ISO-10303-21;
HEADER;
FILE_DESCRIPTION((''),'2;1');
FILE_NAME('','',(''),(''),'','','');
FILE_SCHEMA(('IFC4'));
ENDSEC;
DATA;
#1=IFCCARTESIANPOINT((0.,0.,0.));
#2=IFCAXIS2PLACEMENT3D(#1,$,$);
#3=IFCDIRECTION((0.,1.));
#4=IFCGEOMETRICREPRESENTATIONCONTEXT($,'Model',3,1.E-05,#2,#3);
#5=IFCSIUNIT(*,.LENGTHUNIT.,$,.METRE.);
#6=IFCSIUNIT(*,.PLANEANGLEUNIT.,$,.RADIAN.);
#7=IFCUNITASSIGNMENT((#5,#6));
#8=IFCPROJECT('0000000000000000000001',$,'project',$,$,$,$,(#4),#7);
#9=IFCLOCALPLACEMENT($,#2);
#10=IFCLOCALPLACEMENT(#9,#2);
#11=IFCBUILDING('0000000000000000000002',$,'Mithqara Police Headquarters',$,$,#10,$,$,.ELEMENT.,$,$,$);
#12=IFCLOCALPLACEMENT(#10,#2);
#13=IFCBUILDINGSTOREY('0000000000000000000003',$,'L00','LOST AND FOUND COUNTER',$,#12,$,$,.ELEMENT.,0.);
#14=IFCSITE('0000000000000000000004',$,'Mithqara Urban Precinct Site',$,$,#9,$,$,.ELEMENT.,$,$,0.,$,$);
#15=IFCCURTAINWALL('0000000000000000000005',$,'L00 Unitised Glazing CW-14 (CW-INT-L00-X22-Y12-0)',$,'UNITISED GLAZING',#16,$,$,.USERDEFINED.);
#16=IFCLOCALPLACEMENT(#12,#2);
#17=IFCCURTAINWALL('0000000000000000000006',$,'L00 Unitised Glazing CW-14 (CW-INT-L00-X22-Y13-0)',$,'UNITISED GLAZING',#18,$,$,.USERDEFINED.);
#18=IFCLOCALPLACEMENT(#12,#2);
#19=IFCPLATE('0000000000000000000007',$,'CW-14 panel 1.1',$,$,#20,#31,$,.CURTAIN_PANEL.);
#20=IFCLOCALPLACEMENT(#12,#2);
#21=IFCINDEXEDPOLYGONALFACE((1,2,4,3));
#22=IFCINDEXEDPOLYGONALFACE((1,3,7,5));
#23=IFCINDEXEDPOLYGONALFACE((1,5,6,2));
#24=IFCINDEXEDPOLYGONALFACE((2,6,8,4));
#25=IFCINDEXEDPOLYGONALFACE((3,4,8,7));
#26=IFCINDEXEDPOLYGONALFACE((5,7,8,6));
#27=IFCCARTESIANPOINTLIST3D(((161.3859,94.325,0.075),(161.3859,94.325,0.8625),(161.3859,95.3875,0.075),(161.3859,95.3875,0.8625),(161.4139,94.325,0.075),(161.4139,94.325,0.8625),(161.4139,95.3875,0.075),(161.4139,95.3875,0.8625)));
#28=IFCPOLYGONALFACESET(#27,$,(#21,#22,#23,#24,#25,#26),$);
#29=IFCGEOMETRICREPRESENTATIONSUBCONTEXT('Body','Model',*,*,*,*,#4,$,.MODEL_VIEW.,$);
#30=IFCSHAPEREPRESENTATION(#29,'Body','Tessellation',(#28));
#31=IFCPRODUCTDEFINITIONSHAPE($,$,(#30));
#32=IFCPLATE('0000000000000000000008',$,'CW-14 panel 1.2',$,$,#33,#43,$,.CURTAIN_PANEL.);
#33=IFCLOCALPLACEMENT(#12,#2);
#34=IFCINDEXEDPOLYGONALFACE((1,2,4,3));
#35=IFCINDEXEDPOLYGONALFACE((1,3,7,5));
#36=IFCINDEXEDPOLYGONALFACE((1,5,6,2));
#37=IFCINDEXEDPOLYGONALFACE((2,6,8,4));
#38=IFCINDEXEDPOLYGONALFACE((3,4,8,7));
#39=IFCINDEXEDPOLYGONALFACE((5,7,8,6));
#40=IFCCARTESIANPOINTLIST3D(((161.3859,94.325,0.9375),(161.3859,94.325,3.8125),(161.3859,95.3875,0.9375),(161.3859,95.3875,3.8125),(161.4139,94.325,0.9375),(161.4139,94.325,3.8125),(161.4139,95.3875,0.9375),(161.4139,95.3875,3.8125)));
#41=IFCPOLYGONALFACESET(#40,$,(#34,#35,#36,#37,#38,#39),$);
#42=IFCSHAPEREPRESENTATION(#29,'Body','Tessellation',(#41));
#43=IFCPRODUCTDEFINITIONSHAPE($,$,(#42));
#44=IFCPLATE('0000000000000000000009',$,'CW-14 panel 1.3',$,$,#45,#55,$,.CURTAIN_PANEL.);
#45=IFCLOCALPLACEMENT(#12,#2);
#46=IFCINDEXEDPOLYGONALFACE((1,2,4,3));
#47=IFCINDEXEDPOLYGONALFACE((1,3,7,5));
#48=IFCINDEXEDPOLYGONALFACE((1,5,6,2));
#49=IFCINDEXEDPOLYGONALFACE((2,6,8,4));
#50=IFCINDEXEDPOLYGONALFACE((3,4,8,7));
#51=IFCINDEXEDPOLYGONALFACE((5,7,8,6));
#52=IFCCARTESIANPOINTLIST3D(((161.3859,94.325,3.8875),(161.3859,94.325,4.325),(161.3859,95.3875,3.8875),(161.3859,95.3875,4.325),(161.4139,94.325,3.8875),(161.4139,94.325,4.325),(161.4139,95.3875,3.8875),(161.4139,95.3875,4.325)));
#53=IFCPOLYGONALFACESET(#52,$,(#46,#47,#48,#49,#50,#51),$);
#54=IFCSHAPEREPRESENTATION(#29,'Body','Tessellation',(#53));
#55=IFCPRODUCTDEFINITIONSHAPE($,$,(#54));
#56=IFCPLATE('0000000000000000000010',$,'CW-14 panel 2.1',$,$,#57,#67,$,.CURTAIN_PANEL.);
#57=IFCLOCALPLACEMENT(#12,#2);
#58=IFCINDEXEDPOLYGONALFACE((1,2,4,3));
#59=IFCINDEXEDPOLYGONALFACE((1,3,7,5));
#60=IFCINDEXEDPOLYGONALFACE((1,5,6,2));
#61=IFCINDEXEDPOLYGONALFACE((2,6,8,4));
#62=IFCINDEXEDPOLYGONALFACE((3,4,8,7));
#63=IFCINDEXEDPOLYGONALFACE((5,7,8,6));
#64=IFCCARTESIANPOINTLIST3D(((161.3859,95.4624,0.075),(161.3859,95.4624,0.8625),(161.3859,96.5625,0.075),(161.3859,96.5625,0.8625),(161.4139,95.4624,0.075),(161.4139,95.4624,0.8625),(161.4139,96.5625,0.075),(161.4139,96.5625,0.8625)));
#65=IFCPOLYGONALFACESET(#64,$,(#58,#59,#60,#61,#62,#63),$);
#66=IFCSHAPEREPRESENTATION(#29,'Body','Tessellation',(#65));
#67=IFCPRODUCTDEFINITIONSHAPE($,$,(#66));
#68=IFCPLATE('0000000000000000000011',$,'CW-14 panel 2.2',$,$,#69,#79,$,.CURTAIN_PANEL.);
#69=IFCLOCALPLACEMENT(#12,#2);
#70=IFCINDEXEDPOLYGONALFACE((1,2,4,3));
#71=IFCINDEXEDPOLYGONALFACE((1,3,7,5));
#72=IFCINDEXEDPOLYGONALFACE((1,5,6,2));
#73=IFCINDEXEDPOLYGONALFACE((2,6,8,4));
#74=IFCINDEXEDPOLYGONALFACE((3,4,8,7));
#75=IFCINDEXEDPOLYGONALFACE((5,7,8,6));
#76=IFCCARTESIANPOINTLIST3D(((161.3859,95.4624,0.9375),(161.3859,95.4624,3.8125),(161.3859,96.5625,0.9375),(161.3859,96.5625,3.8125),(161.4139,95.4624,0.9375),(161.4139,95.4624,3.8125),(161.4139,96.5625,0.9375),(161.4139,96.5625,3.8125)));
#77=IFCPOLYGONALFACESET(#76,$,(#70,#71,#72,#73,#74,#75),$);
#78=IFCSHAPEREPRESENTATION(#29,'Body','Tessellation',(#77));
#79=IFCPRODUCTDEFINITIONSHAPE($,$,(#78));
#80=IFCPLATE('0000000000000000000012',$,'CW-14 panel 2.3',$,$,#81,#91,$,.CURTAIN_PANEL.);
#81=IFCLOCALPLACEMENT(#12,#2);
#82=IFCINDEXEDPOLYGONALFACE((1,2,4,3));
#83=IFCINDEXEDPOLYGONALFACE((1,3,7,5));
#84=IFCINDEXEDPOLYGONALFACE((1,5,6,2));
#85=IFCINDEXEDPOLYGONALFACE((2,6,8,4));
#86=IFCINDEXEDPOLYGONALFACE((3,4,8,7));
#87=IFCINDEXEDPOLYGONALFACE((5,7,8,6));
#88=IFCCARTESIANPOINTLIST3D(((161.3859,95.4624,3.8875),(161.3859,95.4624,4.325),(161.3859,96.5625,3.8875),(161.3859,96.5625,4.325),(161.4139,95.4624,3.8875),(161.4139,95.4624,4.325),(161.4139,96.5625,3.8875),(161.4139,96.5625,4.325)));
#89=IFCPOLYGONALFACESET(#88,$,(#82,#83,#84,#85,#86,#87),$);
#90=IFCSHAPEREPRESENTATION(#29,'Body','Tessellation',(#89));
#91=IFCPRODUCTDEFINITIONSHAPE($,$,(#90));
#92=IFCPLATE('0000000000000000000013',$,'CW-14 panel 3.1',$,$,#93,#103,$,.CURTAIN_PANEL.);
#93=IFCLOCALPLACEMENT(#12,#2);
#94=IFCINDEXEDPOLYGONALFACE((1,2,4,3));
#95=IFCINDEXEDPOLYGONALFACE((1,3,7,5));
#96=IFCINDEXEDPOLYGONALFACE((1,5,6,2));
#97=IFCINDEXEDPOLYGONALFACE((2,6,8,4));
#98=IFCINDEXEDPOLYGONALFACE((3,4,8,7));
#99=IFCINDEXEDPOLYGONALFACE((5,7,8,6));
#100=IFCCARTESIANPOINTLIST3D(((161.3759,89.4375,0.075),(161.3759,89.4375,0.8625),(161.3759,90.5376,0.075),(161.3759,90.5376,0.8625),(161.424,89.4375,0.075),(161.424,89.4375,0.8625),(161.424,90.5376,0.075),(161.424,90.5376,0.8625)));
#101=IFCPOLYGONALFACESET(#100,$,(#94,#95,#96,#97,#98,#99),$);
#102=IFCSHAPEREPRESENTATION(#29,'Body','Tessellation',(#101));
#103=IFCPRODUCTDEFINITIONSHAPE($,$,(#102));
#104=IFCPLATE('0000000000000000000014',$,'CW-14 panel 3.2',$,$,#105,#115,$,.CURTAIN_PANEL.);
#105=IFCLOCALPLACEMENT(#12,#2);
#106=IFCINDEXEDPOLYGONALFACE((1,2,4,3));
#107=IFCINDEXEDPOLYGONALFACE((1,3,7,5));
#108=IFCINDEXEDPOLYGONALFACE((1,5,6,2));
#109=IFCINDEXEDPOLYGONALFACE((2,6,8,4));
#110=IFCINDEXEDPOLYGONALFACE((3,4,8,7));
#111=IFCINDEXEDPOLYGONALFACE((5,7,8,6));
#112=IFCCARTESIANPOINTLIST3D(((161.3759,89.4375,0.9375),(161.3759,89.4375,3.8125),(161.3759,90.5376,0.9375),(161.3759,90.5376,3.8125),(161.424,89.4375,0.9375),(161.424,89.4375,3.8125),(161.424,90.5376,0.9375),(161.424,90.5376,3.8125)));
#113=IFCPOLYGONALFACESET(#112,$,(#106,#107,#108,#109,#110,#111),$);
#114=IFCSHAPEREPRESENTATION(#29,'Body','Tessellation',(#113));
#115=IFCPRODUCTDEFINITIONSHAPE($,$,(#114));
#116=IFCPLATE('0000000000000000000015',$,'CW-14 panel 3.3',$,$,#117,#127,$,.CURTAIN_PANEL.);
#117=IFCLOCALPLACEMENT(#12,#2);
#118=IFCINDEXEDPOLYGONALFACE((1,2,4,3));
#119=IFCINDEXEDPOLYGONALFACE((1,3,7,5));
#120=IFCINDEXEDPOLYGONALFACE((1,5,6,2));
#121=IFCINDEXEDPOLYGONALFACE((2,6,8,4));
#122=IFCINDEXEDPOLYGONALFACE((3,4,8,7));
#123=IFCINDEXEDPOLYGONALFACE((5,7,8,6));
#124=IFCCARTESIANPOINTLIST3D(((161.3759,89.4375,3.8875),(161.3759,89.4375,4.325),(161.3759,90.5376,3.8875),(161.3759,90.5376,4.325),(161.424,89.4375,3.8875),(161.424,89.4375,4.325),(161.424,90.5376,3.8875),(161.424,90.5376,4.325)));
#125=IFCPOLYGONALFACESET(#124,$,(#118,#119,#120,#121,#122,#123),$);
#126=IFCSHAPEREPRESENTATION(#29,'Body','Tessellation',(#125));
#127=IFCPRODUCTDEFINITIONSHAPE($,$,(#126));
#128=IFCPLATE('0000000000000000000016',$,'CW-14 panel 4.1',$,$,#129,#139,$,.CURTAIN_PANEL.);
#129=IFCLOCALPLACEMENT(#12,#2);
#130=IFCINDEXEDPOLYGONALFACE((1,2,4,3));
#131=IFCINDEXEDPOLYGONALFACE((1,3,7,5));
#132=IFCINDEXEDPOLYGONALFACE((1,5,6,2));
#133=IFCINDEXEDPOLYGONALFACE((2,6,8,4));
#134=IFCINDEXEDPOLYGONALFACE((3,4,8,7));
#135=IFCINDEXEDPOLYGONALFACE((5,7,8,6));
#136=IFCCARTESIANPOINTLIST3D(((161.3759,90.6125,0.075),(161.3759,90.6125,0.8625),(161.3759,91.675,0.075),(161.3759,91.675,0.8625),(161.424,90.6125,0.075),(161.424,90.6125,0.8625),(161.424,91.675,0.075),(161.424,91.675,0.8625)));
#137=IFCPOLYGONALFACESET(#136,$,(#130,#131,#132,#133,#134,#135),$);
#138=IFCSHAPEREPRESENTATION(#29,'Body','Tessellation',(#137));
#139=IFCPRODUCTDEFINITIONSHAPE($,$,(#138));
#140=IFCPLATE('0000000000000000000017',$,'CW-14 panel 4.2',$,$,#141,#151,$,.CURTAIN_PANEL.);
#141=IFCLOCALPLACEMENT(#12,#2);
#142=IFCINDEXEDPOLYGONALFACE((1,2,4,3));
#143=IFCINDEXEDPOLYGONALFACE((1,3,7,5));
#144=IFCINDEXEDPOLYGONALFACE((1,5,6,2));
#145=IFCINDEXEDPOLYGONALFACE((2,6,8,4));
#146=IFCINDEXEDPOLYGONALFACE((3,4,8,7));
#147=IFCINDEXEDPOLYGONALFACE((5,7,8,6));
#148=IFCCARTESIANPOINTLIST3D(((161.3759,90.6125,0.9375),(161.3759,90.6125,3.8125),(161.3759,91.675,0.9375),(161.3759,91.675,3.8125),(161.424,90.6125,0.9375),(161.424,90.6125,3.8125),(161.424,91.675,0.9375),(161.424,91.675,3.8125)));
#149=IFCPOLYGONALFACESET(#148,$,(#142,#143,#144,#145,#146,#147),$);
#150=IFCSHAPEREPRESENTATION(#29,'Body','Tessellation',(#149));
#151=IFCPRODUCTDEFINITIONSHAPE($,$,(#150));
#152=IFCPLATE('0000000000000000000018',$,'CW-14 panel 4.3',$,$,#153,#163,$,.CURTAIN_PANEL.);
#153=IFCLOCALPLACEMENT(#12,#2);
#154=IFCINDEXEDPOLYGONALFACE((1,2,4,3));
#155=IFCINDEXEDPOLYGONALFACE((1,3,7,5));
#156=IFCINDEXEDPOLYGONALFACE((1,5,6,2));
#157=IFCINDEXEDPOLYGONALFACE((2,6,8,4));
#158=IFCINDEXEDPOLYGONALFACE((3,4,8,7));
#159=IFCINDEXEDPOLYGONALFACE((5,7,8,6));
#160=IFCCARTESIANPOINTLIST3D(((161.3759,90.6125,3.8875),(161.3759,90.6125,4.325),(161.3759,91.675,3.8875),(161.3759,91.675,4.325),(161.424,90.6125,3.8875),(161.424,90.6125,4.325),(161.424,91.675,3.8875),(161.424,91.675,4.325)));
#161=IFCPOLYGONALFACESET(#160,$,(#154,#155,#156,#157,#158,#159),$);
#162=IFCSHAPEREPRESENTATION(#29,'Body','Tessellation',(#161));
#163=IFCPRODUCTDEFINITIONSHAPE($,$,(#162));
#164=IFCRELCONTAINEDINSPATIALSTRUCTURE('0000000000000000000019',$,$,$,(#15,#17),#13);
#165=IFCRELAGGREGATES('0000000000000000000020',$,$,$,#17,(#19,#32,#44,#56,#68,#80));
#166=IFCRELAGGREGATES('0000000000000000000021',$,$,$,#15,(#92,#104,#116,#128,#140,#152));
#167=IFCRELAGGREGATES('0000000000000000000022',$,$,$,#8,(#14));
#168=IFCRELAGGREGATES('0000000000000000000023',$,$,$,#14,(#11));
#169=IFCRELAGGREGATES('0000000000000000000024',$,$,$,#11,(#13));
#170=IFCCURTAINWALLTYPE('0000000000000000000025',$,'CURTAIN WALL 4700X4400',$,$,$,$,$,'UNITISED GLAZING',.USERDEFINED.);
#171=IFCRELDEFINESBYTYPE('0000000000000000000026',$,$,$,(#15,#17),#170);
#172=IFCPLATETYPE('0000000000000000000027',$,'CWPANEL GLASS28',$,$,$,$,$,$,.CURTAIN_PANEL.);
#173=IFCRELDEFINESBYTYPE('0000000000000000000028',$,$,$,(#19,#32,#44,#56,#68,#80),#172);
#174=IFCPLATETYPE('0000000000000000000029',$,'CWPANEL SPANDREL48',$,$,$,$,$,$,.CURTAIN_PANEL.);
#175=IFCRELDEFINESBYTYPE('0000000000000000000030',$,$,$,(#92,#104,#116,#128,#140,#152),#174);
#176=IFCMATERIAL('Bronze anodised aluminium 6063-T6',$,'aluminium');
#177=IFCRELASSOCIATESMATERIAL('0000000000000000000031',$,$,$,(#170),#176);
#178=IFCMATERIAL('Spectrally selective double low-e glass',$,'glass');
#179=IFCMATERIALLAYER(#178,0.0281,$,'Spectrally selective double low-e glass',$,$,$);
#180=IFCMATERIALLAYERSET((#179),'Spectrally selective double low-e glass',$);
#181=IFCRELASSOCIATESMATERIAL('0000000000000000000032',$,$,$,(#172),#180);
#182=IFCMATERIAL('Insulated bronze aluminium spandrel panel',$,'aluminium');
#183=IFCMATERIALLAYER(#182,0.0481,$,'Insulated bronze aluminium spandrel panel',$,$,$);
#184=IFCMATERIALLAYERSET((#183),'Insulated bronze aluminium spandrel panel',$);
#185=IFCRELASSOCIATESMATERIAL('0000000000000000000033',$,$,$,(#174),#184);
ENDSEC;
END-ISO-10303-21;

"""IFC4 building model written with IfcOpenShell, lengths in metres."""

from ifc_helpers import new_model, si_unit, direction, frame, origin, origin_2d, place, context, subcontext, project, spatial, rectangle, extrude, material, layer, layer_set, type_object, element, aggregate, save


model = new_model("IFC4")

# Units and contexts
model_context = context("Model", 3, precision=1e-05, world=origin(), true_north=direction((0.0, 1.0)))
body_context = subcontext(model_context, "Body", "Model", "MODEL_VIEW")
ifc_project = project(units=[si_unit("LENGTHUNIT", "METRE"), si_unit("PLANEANGLEUNIT", "RADIAN")], contexts=[model_context])

# Site, building, storey
site_placement = place(None, origin())
site = spatial("IfcSite", under=ifc_project, at=site_placement, Name="Mithqara Urban Precinct Site", CompositionType="ELEMENT", RefElevation=0.0)
building_placement = place(site_placement, origin())
building = spatial("IfcBuilding", under=site, at=building_placement, Name="Mithqara Police Headquarters", CompositionType="ELEMENT")
storey_placement = place(building_placement, origin())
storey = spatial("IfcBuildingStorey", under=building, at=storey_placement, Name="L00", Description="LOST AND FOUND COUNTER", CompositionType="ELEMENT", Elevation=0.0)

# Curtain walls
ifc_material_1 = material(Name="Bronze anodised aluminium 6063-T6", Category="aluminium")
curtain_wall_type = type_object("IfcCurtainWallType", Name="CURTAIN WALL 4700X4400", ElementType="UNITISED GLAZING", PredefinedType="USERDEFINED", material=ifc_material_1)
curtain_wall_1_placement = place(storey_placement, origin())
curtain_wall_1 = element("IfcCurtainWall", 1, at=curtain_wall_1_placement, inside=storey, type_object=curtain_wall_type, Name="L00 Unitised Glazing CW-14 (CW-INT-L00-X22-Y12-0)", ObjectType="UNITISED GLAZING", PredefinedType="USERDEFINED")
curtain_wall_2_placement = place(storey_placement, origin())
curtain_wall_2 = element("IfcCurtainWall", 2, at=curtain_wall_2_placement, inside=storey, type_object=curtain_wall_type, Name="L00 Unitised Glazing CW-14 (CW-INT-L00-X22-Y13-0)", ObjectType="UNITISED GLAZING", PredefinedType="USERDEFINED")

# Plates
ifc_material_2 = material(Name="Spectrally selective double low-e glass", Category="glass")
ifc_layer_1 = layer(ifc_material_2, 0.0281, Name="Spectrally selective double low-e glass")
ifc_layer_set_1 = layer_set([ifc_layer_1], Name="Spectrally selective double low-e glass")
plate_type_1 = type_object("IfcPlateType", Name="CWPANEL GLASS28", PredefinedType="CURTAIN_PANEL", material=ifc_layer_set_1)
plate_1_placement = place(storey_placement, frame((161.3999, 94.8562, 0.075), z_axis=(0.0, 0.0, 1.0), x_axis=(0.0, 1.0, 0.0)))
plate_1 = element("IfcPlate", 3, at=plate_1_placement, type_object=plate_type_1, Name="CW-14 panel 1.1", PredefinedType="CURTAIN_PANEL", context=body_context, shape_type="SweptSolid", body=[
    extrude(rectangle(XDim=1.0625, YDim=0.0281, at=origin_2d()), origin(), (0.0, 0.0, 1.0), 0.7876),
])
plate_2_placement = place(storey_placement, frame((161.3999, 94.8562, 0.9375), z_axis=(0.0, 0.0, 1.0), x_axis=(0.0, 1.0, 0.0)))
plate_2 = element("IfcPlate", 4, at=plate_2_placement, type_object=plate_type_1, Name="CW-14 panel 1.2", PredefinedType="CURTAIN_PANEL", context=body_context, shape_type="SweptSolid", body=[
    extrude(rectangle(XDim=1.0625, YDim=0.0281, at=origin_2d()), origin(), (0.0, 0.0, 1.0), 2.875),
])
plate_3_placement = place(storey_placement, frame((161.3999, 94.8562, 3.8875), z_axis=(0.0, 0.0, 1.0), x_axis=(0.0, 1.0, 0.0)))
plate_3 = element("IfcPlate", 5, at=plate_3_placement, type_object=plate_type_1, Name="CW-14 panel 1.3", PredefinedType="CURTAIN_PANEL", context=body_context, shape_type="SweptSolid", body=[
    extrude(rectangle(XDim=1.0625, YDim=0.0281, at=origin_2d()), origin(), (0.0, 0.0, 1.0), 0.4375),
])
plate_4_placement = place(storey_placement, frame((161.3999, 96.0125, 0.075), z_axis=(0.0, 0.0, 1.0), x_axis=(0.0, 1.0, 0.0)))
plate_4 = element("IfcPlate", 6, at=plate_4_placement, type_object=plate_type_1, Name="CW-14 panel 2.1", PredefinedType="CURTAIN_PANEL", context=body_context, shape_type="SweptSolid", body=[
    extrude(rectangle(XDim=1.1001, YDim=0.0281, at=origin_2d()), origin(), (0.0, 0.0, 1.0), 0.7876),
])
plate_5_placement = place(storey_placement, frame((161.3999, 96.0125, 0.9375), z_axis=(0.0, 0.0, 1.0), x_axis=(0.0, 1.0, 0.0)))
plate_5 = element("IfcPlate", 7, at=plate_5_placement, type_object=plate_type_1, Name="CW-14 panel 2.2", PredefinedType="CURTAIN_PANEL", context=body_context, shape_type="SweptSolid", body=[
    extrude(rectangle(XDim=1.1001, YDim=0.0281, at=origin_2d()), origin(), (0.0, 0.0, 1.0), 2.875),
])
plate_6_placement = place(storey_placement, frame((161.3999, 96.0125, 3.8875), z_axis=(0.0, 0.0, 1.0), x_axis=(0.0, 1.0, 0.0)))
plate_6 = element("IfcPlate", 8, at=plate_6_placement, type_object=plate_type_1, Name="CW-14 panel 2.3", PredefinedType="CURTAIN_PANEL", context=body_context, shape_type="SweptSolid", body=[
    extrude(rectangle(XDim=1.1001, YDim=0.0281, at=origin_2d()), origin(), (0.0, 0.0, 1.0), 0.4375),
])
aggregate(curtain_wall_2, [plate_1, plate_2, plate_3, plate_4, plate_5, plate_6])
ifc_material_3 = material(Name="Insulated bronze aluminium spandrel panel", Category="aluminium")
ifc_layer_2 = layer(ifc_material_3, 0.0481, Name="Insulated bronze aluminium spandrel panel")
ifc_layer_set_2 = layer_set([ifc_layer_2], Name="Insulated bronze aluminium spandrel panel")
plate_type_2 = type_object("IfcPlateType", Name="CWPANEL SPANDREL48", PredefinedType="CURTAIN_PANEL", material=ifc_layer_set_2)
plate_7_placement = place(storey_placement, frame((161.3999, 89.9875, 0.075), z_axis=(0.0, 0.0, 1.0), x_axis=(0.0, 1.0, 0.0)))
plate_7 = element("IfcPlate", 9, at=plate_7_placement, type_object=plate_type_2, Name="CW-14 panel 3.1", PredefinedType="CURTAIN_PANEL", context=body_context, shape_type="SweptSolid", body=[
    extrude(rectangle(XDim=1.1001, YDim=0.0481, at=origin_2d()), origin(), (0.0, 0.0, 1.0), 0.7876),
])
plate_8_placement = place(storey_placement, frame((161.3999, 89.9875, 0.9375), z_axis=(0.0, 0.0, 1.0), x_axis=(0.0, 1.0, 0.0)))
plate_8 = element("IfcPlate", 10, at=plate_8_placement, type_object=plate_type_2, Name="CW-14 panel 3.2", PredefinedType="CURTAIN_PANEL", context=body_context, shape_type="SweptSolid", body=[
    extrude(rectangle(XDim=1.1001, YDim=0.0481, at=origin_2d()), origin(), (0.0, 0.0, 1.0), 2.875),
])
plate_9_placement = place(storey_placement, frame((161.3999, 89.9875, 3.8875), z_axis=(0.0, 0.0, 1.0), x_axis=(0.0, 1.0, 0.0)))
plate_9 = element("IfcPlate", 11, at=plate_9_placement, type_object=plate_type_2, Name="CW-14 panel 3.3", PredefinedType="CURTAIN_PANEL", context=body_context, shape_type="SweptSolid", body=[
    extrude(rectangle(XDim=1.1001, YDim=0.0481, at=origin_2d()), origin(), (0.0, 0.0, 1.0), 0.4375),
])
plate_10_placement = place(storey_placement, frame((161.3999, 91.1438, 0.075), z_axis=(0.0, 0.0, 1.0), x_axis=(0.0, 1.0, 0.0)))
plate_10 = element("IfcPlate", 12, at=plate_10_placement, type_object=plate_type_2, Name="CW-14 panel 4.1", PredefinedType="CURTAIN_PANEL", context=body_context, shape_type="SweptSolid", body=[
    extrude(rectangle(XDim=1.0625, YDim=0.0481, at=origin_2d()), origin(), (0.0, 0.0, 1.0), 0.7876),
])
plate_11_placement = place(storey_placement, frame((161.3999, 91.1438, 0.9375), z_axis=(0.0, 0.0, 1.0), x_axis=(0.0, 1.0, 0.0)))
plate_11 = element("IfcPlate", 13, at=plate_11_placement, type_object=plate_type_2, Name="CW-14 panel 4.2", PredefinedType="CURTAIN_PANEL", context=body_context, shape_type="SweptSolid", body=[
    extrude(rectangle(XDim=1.0625, YDim=0.0481, at=origin_2d()), origin(), (0.0, 0.0, 1.0), 2.875),
])
plate_12_placement = place(storey_placement, frame((161.3999, 91.1438, 3.8875), z_axis=(0.0, 0.0, 1.0), x_axis=(0.0, 1.0, 0.0)))
plate_12 = element("IfcPlate", 14, at=plate_12_placement, type_object=plate_type_2, Name="CW-14 panel 4.3", PredefinedType="CURTAIN_PANEL", context=body_context, shape_type="SweptSolid", body=[
    extrude(rectangle(XDim=1.0625, YDim=0.0481, at=origin_2d()), origin(), (0.0, 0.0, 1.0), 0.4375),
])
aggregate(curtain_wall_1, [plate_7, plate_8, plate_9, plate_10, plate_11, plate_12])

save(model, "model.ifc")
